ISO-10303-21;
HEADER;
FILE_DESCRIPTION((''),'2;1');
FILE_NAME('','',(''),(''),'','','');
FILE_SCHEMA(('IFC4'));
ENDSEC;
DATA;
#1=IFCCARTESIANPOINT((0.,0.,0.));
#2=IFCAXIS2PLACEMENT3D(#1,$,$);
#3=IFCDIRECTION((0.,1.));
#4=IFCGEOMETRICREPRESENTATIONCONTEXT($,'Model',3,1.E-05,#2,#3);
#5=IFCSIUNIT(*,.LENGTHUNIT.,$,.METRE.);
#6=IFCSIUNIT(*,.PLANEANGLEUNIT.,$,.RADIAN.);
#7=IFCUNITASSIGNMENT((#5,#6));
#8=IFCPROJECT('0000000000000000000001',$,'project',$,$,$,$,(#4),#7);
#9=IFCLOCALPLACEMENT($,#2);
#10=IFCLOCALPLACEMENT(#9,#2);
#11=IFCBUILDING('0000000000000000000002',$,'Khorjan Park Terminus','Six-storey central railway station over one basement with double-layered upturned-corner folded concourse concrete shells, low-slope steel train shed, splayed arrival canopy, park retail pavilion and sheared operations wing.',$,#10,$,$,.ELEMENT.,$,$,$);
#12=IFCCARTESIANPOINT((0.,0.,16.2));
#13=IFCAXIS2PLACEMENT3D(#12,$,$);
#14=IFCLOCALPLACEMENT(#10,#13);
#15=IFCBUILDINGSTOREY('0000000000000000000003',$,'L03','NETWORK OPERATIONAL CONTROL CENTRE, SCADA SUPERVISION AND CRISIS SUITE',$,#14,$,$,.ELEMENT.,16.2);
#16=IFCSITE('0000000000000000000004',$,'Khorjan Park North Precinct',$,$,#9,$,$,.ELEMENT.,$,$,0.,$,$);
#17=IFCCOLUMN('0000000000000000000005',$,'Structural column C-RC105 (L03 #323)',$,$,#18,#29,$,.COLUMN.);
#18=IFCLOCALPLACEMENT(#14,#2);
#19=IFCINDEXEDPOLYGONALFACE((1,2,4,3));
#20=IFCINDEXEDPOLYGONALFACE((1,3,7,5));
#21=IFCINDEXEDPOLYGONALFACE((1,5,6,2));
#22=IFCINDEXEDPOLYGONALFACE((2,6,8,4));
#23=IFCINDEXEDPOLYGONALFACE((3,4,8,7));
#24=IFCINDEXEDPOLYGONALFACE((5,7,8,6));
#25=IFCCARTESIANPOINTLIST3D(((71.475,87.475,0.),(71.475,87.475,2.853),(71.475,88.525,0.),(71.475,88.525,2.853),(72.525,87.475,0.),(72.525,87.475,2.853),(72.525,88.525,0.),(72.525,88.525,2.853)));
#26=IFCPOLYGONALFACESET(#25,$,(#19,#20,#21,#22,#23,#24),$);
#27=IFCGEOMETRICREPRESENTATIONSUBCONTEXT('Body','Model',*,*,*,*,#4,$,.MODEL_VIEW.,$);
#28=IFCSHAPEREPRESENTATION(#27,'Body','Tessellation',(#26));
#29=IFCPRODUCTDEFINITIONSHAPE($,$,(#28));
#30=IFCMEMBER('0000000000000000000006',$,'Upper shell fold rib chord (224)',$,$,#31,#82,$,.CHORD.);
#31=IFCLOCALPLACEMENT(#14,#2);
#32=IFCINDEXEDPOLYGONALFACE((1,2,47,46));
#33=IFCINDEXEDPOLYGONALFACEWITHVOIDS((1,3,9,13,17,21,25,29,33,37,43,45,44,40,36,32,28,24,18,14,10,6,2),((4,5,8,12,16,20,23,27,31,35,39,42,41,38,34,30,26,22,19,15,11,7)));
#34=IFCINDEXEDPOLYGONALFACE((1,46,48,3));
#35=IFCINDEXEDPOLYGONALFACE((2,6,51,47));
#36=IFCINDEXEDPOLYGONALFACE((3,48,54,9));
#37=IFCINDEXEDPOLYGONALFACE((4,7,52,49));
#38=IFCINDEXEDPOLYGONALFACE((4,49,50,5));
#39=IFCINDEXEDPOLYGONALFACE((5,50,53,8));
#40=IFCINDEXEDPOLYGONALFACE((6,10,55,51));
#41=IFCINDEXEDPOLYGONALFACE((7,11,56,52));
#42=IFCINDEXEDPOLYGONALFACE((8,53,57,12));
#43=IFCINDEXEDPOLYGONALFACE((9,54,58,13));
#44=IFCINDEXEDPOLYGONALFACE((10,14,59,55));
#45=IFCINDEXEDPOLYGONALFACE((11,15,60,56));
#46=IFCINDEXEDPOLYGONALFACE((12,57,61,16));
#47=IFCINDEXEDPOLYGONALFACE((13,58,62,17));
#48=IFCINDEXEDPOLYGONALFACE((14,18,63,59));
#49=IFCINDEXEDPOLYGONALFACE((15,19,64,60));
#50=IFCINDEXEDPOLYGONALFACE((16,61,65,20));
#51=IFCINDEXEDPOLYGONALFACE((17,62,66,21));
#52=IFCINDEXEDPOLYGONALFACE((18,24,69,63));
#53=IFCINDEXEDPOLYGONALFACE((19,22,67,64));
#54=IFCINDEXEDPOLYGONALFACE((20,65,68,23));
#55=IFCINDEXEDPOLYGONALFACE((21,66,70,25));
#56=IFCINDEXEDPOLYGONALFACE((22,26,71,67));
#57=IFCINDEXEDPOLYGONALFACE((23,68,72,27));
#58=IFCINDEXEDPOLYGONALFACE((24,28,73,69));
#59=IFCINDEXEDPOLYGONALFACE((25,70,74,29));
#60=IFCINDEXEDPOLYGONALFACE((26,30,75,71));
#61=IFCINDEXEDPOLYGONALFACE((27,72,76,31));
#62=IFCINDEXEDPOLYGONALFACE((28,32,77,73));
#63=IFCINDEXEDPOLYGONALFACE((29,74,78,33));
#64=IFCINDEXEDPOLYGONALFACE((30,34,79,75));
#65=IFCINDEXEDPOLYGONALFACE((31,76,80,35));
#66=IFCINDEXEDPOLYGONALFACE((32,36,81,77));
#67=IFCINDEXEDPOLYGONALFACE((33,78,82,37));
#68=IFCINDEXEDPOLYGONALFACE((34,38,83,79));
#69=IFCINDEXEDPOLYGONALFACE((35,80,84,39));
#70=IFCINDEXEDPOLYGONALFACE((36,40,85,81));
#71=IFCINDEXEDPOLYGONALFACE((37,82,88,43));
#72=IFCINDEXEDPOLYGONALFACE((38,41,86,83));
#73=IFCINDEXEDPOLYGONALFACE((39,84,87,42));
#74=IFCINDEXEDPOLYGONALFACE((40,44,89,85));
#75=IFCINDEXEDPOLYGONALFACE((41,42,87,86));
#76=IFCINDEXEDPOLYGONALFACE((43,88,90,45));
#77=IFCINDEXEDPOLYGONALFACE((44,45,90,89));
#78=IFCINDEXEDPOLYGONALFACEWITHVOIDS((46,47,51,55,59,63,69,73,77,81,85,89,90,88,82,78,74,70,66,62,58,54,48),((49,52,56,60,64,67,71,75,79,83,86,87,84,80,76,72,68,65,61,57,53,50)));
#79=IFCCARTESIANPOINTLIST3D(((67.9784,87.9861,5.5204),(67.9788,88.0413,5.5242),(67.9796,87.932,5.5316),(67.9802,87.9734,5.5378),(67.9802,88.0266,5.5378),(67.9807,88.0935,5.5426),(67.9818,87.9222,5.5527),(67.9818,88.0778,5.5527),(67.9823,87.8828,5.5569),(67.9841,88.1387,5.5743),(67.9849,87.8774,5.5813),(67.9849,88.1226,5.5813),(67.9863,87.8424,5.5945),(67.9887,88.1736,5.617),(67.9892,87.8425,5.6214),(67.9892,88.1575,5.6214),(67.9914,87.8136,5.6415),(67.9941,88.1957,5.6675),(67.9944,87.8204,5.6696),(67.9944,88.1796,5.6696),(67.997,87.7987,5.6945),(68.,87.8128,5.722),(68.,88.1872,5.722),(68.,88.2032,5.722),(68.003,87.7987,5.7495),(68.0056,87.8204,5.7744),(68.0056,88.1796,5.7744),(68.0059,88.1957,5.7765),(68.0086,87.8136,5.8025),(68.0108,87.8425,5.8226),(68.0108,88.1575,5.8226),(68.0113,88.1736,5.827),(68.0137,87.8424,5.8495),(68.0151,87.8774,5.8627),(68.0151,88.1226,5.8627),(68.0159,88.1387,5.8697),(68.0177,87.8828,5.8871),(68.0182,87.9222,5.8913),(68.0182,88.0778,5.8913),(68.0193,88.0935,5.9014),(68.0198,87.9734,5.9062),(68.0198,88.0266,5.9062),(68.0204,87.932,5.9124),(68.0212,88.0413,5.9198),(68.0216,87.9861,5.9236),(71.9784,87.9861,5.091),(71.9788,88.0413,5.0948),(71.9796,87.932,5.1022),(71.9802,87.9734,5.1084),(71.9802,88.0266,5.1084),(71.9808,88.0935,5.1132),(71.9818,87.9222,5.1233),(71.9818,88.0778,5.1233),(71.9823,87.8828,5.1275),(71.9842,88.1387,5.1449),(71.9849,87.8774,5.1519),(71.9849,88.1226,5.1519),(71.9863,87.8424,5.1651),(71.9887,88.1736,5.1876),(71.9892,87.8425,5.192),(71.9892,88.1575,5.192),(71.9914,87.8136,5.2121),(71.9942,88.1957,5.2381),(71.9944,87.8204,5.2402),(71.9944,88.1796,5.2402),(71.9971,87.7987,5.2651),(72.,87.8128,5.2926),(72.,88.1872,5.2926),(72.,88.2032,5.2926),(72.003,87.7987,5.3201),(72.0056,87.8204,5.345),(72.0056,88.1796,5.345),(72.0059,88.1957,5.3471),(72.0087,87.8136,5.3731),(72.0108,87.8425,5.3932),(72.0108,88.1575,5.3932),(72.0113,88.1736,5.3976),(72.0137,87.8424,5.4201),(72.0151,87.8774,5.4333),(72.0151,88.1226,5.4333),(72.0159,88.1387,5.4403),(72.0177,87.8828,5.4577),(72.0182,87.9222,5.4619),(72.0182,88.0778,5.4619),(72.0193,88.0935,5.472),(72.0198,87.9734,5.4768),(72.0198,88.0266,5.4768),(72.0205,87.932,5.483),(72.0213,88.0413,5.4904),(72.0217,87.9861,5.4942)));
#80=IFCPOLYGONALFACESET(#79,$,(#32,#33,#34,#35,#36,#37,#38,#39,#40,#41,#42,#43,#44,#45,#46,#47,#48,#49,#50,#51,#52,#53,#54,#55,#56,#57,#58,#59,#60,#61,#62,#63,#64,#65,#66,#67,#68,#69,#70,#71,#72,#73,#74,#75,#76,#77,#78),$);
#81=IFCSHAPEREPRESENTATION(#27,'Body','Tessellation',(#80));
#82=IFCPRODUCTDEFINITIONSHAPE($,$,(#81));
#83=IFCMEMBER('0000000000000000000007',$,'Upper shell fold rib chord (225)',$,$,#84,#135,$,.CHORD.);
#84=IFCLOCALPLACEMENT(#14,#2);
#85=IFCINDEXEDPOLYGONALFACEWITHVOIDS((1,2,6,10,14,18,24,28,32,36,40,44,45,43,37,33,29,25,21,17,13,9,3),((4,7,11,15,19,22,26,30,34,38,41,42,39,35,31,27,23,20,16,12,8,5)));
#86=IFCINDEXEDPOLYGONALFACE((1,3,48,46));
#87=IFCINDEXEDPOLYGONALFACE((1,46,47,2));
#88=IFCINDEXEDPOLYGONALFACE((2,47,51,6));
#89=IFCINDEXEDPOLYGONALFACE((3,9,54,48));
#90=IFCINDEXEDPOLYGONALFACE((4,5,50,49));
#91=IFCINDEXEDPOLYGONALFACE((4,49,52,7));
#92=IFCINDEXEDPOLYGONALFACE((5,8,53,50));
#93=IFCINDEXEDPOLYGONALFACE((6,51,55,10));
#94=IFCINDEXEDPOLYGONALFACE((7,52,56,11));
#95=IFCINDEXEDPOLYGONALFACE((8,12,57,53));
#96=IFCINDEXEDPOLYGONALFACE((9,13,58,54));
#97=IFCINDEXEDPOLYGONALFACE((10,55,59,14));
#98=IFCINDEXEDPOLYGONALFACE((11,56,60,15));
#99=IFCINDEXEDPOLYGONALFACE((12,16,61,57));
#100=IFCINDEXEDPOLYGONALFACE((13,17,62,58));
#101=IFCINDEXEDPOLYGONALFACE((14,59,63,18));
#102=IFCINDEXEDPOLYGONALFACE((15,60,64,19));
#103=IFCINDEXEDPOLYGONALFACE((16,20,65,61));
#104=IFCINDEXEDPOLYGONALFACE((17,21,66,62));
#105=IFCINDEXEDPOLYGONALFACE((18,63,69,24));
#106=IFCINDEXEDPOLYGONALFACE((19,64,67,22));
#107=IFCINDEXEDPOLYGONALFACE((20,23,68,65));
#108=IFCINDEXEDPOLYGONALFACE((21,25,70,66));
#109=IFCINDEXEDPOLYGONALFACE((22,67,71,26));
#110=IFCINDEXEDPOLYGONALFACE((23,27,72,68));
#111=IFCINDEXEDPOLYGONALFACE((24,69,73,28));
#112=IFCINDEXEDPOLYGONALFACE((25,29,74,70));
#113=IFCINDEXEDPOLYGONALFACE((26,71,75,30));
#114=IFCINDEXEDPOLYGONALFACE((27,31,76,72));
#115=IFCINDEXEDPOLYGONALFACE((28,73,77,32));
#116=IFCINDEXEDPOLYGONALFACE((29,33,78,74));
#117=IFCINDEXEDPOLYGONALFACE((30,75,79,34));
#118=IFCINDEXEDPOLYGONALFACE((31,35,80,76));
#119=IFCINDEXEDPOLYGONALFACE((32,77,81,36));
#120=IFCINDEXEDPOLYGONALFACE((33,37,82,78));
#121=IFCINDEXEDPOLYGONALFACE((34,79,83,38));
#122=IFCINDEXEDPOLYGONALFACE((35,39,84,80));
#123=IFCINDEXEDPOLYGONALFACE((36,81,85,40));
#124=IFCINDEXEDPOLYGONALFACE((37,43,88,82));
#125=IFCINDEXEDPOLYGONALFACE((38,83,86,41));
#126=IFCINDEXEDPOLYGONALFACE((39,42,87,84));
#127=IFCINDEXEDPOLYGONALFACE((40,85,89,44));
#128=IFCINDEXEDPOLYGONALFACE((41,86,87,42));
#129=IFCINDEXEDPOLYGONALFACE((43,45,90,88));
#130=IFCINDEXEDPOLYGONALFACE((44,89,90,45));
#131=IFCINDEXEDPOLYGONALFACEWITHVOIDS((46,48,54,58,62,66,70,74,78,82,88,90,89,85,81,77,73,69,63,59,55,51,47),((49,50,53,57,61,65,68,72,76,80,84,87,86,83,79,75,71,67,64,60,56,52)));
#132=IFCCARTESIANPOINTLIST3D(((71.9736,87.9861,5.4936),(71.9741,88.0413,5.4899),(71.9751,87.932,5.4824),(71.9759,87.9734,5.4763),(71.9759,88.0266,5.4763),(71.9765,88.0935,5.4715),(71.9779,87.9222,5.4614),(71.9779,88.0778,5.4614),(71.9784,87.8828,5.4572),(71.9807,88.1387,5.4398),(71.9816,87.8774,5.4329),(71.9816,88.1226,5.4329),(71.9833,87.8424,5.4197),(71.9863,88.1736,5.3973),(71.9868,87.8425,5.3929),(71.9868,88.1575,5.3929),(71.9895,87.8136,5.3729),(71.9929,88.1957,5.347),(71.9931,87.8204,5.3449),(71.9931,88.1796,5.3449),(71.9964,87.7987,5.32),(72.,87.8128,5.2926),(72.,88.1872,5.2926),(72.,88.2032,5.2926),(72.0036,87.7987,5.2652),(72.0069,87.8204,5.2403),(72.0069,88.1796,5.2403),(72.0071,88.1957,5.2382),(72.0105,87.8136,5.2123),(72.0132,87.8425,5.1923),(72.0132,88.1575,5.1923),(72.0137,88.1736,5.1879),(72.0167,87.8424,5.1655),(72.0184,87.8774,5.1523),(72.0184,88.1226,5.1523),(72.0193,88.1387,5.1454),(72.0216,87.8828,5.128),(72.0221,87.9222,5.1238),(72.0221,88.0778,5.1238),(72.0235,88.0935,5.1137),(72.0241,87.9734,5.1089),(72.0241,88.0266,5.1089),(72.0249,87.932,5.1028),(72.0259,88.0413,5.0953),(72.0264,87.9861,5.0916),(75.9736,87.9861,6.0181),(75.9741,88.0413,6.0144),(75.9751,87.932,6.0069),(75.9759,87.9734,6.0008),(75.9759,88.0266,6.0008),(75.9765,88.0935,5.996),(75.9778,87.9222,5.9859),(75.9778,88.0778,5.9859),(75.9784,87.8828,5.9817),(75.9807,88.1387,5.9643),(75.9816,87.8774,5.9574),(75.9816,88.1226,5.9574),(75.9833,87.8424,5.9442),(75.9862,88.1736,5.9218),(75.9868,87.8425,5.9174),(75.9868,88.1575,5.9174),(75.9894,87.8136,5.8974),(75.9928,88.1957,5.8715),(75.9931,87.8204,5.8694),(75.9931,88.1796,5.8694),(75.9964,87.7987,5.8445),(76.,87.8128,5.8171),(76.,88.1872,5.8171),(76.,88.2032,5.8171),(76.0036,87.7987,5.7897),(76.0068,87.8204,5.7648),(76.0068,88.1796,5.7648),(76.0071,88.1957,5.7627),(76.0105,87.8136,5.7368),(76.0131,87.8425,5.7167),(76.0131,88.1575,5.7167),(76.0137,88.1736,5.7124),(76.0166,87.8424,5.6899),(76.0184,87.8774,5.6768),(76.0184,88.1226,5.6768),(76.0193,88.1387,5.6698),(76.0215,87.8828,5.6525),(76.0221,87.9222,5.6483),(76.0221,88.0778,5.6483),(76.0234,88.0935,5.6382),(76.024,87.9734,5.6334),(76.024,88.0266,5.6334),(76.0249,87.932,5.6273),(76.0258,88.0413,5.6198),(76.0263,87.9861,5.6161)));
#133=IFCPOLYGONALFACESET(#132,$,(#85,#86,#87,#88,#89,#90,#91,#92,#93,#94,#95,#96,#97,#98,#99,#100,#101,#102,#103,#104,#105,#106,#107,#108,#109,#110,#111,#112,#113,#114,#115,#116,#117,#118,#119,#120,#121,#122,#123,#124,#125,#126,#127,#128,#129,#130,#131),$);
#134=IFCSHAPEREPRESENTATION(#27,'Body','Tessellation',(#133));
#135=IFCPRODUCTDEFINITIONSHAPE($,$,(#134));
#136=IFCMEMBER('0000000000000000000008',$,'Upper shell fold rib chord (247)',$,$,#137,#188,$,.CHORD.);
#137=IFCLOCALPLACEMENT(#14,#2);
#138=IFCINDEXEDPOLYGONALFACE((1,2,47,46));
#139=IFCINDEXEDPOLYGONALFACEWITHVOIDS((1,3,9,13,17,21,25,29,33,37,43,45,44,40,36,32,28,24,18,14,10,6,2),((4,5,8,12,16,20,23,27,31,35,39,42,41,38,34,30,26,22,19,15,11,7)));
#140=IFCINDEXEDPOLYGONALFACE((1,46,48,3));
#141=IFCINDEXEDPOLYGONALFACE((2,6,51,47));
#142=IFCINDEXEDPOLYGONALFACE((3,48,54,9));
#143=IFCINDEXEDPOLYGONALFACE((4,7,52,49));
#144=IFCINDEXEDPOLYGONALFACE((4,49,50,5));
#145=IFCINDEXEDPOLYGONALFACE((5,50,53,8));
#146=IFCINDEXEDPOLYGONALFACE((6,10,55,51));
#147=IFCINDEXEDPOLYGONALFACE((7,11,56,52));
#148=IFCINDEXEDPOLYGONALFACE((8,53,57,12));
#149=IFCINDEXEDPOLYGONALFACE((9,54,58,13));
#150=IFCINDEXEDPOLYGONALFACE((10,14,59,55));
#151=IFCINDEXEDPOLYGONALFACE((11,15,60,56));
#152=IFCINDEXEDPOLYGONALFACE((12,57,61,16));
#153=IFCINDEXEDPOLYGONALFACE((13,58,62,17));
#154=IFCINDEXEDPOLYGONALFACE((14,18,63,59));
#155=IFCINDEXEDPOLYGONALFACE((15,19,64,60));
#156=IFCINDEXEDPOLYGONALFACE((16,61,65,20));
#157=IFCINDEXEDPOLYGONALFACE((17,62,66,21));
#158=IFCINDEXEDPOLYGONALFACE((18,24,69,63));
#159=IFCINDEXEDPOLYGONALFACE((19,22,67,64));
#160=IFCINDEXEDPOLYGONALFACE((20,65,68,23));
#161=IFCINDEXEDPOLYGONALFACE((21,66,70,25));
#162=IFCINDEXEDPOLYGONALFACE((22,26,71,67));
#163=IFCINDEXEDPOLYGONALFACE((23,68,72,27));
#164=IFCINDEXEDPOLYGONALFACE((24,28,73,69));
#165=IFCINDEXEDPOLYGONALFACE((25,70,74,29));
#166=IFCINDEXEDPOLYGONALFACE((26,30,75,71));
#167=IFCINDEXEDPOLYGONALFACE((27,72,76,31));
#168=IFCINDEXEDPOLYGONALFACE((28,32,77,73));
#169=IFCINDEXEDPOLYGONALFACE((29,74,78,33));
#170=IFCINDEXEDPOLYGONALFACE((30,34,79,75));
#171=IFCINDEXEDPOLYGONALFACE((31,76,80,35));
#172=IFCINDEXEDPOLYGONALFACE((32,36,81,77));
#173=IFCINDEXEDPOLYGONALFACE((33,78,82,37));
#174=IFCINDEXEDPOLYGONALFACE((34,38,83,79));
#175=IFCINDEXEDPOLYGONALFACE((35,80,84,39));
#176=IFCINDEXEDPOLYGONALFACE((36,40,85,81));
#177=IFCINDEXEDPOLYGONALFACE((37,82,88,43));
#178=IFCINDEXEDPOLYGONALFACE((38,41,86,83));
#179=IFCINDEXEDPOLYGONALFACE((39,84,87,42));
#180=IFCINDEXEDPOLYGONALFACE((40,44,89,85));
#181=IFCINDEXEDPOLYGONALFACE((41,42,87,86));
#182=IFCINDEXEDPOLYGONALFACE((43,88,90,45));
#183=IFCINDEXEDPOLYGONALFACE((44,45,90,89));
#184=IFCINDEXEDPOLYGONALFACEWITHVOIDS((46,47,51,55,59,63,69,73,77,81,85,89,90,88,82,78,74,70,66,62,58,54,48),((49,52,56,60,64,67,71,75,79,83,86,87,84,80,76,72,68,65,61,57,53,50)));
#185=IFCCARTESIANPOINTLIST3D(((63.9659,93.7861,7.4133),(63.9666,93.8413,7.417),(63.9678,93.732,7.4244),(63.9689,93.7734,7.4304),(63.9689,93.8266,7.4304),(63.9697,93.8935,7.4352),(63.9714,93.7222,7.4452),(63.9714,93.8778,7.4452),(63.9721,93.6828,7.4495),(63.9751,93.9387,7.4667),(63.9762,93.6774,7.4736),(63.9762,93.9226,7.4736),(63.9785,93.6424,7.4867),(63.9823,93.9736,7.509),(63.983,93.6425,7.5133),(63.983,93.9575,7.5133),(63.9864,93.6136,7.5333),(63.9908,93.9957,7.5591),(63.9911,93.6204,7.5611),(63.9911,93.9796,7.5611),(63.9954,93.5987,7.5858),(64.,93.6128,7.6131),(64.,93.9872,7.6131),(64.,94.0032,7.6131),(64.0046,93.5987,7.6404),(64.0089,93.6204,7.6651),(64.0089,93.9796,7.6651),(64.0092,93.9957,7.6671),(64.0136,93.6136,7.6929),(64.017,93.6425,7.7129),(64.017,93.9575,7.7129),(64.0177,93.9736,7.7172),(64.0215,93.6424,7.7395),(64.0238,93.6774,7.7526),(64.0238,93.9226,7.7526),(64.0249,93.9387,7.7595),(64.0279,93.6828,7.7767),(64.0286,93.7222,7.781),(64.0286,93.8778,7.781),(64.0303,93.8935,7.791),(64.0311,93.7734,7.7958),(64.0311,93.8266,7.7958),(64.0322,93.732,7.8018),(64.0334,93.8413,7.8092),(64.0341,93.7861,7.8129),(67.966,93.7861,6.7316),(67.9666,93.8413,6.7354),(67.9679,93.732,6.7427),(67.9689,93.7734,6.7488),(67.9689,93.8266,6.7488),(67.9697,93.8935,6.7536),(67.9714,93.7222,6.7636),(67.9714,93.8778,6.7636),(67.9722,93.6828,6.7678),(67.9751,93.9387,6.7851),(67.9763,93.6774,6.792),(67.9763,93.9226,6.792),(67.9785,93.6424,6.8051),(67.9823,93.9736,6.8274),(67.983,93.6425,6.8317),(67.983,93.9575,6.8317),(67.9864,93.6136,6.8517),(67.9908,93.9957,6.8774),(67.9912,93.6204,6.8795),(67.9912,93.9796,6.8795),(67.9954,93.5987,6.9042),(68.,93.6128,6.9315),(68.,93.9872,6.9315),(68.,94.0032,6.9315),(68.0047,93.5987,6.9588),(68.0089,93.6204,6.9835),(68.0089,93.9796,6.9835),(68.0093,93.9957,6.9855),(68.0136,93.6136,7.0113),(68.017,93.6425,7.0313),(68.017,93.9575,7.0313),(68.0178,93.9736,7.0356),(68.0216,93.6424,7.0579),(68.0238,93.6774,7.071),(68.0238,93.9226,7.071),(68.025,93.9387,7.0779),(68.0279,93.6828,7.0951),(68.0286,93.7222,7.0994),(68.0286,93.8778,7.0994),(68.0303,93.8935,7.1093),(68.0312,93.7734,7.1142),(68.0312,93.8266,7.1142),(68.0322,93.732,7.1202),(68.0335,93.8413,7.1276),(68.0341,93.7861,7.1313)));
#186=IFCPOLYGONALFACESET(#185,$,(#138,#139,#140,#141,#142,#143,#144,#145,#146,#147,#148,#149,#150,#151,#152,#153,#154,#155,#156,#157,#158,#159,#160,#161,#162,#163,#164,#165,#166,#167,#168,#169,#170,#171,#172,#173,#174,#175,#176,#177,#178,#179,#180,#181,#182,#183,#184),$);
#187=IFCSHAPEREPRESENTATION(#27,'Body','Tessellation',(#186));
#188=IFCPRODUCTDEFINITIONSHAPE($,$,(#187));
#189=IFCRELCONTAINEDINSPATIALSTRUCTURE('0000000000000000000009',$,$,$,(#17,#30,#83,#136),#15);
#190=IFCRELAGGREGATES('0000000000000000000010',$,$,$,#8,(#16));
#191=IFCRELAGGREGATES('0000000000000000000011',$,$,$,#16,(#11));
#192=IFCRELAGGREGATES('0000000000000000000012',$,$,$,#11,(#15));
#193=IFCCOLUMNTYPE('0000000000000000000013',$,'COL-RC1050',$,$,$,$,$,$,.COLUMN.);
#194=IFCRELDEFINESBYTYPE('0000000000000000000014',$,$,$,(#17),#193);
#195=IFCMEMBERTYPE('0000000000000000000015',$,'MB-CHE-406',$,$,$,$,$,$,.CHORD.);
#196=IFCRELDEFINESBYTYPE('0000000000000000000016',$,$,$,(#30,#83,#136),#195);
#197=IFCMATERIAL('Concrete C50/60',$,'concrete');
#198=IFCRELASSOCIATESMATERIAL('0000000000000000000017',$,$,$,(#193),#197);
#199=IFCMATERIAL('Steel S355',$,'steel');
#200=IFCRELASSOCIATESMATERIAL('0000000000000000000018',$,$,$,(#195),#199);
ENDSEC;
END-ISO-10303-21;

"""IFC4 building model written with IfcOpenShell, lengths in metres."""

from ifc_helpers import new_model, si_unit, direction, frame, origin, origin_2d, place, context, subcontext, project, spatial, rectangle, hollow_circle, extrude, material, material_profile, profile_set, type_object, element, save


model = new_model("IFC4")

# Units and contexts
model_context = context("Model", 3, precision=1e-05, world=origin(), true_north=direction((0.0, 1.0)))
body_context = subcontext(model_context, "Body", "Model", "MODEL_VIEW")
ifc_project = project(units=[si_unit("LENGTHUNIT", "METRE"), si_unit("PLANEANGLEUNIT", "RADIAN")], contexts=[model_context])

# Site, building, storey
site_placement = place(None, origin())
site = spatial("IfcSite", under=ifc_project, at=site_placement, Name="Khorjan Park North Precinct", CompositionType="ELEMENT", RefElevation=0.0)
building_placement = place(site_placement, origin())
building = spatial("IfcBuilding", under=site, at=building_placement, Name="Khorjan Park Terminus", Description="Six-storey central railway station over one basement with double-layered upturned-corner folded concourse concrete shells, low-slope steel train shed, splayed arrival canopy, park retail pavilion and sheared operations wing.", CompositionType="ELEMENT")
storey_placement = place(building_placement, frame((0.0, 0.0, 16.2)))
storey = spatial("IfcBuildingStorey", under=building, at=storey_placement, Name="L03", Description="NETWORK OPERATIONAL CONTROL CENTRE, SCADA SUPERVISION AND CRISIS SUITE", CompositionType="ELEMENT", Elevation=16.2)

# Column
ifc_material_1 = material(Name="Concrete C50/60", Category="concrete")
ifc_material_profile_1 = material_profile(ifc_material_1, rectangle(XDim=1.05, YDim=1.05, at=origin_2d()), Name="RC 1050x1050")
ifc_profile_set_1 = profile_set([ifc_material_profile_1], Name="Concrete C50/60")
column_type = type_object("IfcColumnType", Name="COL-RC1050", PredefinedType="COLUMN", material=ifc_profile_set_1)
column_placement = place(storey_placement, frame((72.0, 88.0, 0.0), z_axis=(0.0, 0.0, 1.0), x_axis=(1.0, 0.0, 0.0)))
element("IfcColumn", 1, at=column_placement, inside=storey, type_object=column_type, Name="Structural column C-RC105 (L03 #323)", PredefinedType="COLUMN", context=body_context, shape_type="SweptSolid", body=[
    extrude(rectangle(XDim=1.05, YDim=1.05, at=origin_2d()), origin(), (0.0, 0.0, 1.0), 2.853),
])

# Members
ifc_material_2 = material(Name="Steel S355", Category="steel")
ifc_material_profile_2 = material_profile(ifc_material_2, hollow_circle(Radius=0.2032, WallThickness=0.016, at=origin_2d()), Name="CHS 406.4x16")
ifc_profile_set_2 = profile_set([ifc_material_profile_2], Name="Steel S355")
member_type_1 = type_object("IfcMemberType", Name="MB-CHE-406", PredefinedType="CHORD", material=ifc_profile_set_2)
member_1_placement = place(storey_placement, frame((68.0, 88.0, 5.722), z_axis=(0.994287, 0.0, -0.106737), x_axis=(0.0, 1.0, 0.0)))
element("IfcMember", 2, at=member_1_placement, inside=storey, type_object=member_type_1, Name="Upper shell fold rib chord (224)", PredefinedType="CHORD", context=body_context, shape_type="SweptSolid", body=[
    extrude(hollow_circle(Radius=0.2032, WallThickness=0.016, at=origin_2d()), origin(), (0.0, 0.0, 1.0), 4.023),
])
member_2_placement = place(storey_placement, frame((72.0, 88.0, 5.2926), z_axis=(0.991512, 0.0, 0.130012), x_axis=(0.0, 1.0, 0.0)))
element("IfcMember", 3, at=member_2_placement, inside=storey, type_object=member_type_1, Name="Upper shell fold rib chord (225)", PredefinedType="CHORD", context=body_context, shape_type="SweptSolid", body=[
    extrude(hollow_circle(Radius=0.2032, WallThickness=0.016, at=origin_2d()), origin(), (0.0, 0.0, 1.0), 4.0342),
])
member_3_placement = place(storey_placement, frame((64.0, 93.8, 7.6131), z_axis=(0.985791, 0.0, -0.167979), x_axis=(0.0, 1.0, 0.0)))
element("IfcMember", 4, at=member_3_placement, inside=storey, type_object=member_type_1, Name="Upper shell fold rib chord (247)", PredefinedType="CHORD", context=body_context, shape_type="SweptSolid", body=[
    extrude(hollow_circle(Radius=0.2032, WallThickness=0.016, at=origin_2d()), origin(), (0.0, 0.0, 1.0), 4.0577),
])

save(model, "model.ifc")
